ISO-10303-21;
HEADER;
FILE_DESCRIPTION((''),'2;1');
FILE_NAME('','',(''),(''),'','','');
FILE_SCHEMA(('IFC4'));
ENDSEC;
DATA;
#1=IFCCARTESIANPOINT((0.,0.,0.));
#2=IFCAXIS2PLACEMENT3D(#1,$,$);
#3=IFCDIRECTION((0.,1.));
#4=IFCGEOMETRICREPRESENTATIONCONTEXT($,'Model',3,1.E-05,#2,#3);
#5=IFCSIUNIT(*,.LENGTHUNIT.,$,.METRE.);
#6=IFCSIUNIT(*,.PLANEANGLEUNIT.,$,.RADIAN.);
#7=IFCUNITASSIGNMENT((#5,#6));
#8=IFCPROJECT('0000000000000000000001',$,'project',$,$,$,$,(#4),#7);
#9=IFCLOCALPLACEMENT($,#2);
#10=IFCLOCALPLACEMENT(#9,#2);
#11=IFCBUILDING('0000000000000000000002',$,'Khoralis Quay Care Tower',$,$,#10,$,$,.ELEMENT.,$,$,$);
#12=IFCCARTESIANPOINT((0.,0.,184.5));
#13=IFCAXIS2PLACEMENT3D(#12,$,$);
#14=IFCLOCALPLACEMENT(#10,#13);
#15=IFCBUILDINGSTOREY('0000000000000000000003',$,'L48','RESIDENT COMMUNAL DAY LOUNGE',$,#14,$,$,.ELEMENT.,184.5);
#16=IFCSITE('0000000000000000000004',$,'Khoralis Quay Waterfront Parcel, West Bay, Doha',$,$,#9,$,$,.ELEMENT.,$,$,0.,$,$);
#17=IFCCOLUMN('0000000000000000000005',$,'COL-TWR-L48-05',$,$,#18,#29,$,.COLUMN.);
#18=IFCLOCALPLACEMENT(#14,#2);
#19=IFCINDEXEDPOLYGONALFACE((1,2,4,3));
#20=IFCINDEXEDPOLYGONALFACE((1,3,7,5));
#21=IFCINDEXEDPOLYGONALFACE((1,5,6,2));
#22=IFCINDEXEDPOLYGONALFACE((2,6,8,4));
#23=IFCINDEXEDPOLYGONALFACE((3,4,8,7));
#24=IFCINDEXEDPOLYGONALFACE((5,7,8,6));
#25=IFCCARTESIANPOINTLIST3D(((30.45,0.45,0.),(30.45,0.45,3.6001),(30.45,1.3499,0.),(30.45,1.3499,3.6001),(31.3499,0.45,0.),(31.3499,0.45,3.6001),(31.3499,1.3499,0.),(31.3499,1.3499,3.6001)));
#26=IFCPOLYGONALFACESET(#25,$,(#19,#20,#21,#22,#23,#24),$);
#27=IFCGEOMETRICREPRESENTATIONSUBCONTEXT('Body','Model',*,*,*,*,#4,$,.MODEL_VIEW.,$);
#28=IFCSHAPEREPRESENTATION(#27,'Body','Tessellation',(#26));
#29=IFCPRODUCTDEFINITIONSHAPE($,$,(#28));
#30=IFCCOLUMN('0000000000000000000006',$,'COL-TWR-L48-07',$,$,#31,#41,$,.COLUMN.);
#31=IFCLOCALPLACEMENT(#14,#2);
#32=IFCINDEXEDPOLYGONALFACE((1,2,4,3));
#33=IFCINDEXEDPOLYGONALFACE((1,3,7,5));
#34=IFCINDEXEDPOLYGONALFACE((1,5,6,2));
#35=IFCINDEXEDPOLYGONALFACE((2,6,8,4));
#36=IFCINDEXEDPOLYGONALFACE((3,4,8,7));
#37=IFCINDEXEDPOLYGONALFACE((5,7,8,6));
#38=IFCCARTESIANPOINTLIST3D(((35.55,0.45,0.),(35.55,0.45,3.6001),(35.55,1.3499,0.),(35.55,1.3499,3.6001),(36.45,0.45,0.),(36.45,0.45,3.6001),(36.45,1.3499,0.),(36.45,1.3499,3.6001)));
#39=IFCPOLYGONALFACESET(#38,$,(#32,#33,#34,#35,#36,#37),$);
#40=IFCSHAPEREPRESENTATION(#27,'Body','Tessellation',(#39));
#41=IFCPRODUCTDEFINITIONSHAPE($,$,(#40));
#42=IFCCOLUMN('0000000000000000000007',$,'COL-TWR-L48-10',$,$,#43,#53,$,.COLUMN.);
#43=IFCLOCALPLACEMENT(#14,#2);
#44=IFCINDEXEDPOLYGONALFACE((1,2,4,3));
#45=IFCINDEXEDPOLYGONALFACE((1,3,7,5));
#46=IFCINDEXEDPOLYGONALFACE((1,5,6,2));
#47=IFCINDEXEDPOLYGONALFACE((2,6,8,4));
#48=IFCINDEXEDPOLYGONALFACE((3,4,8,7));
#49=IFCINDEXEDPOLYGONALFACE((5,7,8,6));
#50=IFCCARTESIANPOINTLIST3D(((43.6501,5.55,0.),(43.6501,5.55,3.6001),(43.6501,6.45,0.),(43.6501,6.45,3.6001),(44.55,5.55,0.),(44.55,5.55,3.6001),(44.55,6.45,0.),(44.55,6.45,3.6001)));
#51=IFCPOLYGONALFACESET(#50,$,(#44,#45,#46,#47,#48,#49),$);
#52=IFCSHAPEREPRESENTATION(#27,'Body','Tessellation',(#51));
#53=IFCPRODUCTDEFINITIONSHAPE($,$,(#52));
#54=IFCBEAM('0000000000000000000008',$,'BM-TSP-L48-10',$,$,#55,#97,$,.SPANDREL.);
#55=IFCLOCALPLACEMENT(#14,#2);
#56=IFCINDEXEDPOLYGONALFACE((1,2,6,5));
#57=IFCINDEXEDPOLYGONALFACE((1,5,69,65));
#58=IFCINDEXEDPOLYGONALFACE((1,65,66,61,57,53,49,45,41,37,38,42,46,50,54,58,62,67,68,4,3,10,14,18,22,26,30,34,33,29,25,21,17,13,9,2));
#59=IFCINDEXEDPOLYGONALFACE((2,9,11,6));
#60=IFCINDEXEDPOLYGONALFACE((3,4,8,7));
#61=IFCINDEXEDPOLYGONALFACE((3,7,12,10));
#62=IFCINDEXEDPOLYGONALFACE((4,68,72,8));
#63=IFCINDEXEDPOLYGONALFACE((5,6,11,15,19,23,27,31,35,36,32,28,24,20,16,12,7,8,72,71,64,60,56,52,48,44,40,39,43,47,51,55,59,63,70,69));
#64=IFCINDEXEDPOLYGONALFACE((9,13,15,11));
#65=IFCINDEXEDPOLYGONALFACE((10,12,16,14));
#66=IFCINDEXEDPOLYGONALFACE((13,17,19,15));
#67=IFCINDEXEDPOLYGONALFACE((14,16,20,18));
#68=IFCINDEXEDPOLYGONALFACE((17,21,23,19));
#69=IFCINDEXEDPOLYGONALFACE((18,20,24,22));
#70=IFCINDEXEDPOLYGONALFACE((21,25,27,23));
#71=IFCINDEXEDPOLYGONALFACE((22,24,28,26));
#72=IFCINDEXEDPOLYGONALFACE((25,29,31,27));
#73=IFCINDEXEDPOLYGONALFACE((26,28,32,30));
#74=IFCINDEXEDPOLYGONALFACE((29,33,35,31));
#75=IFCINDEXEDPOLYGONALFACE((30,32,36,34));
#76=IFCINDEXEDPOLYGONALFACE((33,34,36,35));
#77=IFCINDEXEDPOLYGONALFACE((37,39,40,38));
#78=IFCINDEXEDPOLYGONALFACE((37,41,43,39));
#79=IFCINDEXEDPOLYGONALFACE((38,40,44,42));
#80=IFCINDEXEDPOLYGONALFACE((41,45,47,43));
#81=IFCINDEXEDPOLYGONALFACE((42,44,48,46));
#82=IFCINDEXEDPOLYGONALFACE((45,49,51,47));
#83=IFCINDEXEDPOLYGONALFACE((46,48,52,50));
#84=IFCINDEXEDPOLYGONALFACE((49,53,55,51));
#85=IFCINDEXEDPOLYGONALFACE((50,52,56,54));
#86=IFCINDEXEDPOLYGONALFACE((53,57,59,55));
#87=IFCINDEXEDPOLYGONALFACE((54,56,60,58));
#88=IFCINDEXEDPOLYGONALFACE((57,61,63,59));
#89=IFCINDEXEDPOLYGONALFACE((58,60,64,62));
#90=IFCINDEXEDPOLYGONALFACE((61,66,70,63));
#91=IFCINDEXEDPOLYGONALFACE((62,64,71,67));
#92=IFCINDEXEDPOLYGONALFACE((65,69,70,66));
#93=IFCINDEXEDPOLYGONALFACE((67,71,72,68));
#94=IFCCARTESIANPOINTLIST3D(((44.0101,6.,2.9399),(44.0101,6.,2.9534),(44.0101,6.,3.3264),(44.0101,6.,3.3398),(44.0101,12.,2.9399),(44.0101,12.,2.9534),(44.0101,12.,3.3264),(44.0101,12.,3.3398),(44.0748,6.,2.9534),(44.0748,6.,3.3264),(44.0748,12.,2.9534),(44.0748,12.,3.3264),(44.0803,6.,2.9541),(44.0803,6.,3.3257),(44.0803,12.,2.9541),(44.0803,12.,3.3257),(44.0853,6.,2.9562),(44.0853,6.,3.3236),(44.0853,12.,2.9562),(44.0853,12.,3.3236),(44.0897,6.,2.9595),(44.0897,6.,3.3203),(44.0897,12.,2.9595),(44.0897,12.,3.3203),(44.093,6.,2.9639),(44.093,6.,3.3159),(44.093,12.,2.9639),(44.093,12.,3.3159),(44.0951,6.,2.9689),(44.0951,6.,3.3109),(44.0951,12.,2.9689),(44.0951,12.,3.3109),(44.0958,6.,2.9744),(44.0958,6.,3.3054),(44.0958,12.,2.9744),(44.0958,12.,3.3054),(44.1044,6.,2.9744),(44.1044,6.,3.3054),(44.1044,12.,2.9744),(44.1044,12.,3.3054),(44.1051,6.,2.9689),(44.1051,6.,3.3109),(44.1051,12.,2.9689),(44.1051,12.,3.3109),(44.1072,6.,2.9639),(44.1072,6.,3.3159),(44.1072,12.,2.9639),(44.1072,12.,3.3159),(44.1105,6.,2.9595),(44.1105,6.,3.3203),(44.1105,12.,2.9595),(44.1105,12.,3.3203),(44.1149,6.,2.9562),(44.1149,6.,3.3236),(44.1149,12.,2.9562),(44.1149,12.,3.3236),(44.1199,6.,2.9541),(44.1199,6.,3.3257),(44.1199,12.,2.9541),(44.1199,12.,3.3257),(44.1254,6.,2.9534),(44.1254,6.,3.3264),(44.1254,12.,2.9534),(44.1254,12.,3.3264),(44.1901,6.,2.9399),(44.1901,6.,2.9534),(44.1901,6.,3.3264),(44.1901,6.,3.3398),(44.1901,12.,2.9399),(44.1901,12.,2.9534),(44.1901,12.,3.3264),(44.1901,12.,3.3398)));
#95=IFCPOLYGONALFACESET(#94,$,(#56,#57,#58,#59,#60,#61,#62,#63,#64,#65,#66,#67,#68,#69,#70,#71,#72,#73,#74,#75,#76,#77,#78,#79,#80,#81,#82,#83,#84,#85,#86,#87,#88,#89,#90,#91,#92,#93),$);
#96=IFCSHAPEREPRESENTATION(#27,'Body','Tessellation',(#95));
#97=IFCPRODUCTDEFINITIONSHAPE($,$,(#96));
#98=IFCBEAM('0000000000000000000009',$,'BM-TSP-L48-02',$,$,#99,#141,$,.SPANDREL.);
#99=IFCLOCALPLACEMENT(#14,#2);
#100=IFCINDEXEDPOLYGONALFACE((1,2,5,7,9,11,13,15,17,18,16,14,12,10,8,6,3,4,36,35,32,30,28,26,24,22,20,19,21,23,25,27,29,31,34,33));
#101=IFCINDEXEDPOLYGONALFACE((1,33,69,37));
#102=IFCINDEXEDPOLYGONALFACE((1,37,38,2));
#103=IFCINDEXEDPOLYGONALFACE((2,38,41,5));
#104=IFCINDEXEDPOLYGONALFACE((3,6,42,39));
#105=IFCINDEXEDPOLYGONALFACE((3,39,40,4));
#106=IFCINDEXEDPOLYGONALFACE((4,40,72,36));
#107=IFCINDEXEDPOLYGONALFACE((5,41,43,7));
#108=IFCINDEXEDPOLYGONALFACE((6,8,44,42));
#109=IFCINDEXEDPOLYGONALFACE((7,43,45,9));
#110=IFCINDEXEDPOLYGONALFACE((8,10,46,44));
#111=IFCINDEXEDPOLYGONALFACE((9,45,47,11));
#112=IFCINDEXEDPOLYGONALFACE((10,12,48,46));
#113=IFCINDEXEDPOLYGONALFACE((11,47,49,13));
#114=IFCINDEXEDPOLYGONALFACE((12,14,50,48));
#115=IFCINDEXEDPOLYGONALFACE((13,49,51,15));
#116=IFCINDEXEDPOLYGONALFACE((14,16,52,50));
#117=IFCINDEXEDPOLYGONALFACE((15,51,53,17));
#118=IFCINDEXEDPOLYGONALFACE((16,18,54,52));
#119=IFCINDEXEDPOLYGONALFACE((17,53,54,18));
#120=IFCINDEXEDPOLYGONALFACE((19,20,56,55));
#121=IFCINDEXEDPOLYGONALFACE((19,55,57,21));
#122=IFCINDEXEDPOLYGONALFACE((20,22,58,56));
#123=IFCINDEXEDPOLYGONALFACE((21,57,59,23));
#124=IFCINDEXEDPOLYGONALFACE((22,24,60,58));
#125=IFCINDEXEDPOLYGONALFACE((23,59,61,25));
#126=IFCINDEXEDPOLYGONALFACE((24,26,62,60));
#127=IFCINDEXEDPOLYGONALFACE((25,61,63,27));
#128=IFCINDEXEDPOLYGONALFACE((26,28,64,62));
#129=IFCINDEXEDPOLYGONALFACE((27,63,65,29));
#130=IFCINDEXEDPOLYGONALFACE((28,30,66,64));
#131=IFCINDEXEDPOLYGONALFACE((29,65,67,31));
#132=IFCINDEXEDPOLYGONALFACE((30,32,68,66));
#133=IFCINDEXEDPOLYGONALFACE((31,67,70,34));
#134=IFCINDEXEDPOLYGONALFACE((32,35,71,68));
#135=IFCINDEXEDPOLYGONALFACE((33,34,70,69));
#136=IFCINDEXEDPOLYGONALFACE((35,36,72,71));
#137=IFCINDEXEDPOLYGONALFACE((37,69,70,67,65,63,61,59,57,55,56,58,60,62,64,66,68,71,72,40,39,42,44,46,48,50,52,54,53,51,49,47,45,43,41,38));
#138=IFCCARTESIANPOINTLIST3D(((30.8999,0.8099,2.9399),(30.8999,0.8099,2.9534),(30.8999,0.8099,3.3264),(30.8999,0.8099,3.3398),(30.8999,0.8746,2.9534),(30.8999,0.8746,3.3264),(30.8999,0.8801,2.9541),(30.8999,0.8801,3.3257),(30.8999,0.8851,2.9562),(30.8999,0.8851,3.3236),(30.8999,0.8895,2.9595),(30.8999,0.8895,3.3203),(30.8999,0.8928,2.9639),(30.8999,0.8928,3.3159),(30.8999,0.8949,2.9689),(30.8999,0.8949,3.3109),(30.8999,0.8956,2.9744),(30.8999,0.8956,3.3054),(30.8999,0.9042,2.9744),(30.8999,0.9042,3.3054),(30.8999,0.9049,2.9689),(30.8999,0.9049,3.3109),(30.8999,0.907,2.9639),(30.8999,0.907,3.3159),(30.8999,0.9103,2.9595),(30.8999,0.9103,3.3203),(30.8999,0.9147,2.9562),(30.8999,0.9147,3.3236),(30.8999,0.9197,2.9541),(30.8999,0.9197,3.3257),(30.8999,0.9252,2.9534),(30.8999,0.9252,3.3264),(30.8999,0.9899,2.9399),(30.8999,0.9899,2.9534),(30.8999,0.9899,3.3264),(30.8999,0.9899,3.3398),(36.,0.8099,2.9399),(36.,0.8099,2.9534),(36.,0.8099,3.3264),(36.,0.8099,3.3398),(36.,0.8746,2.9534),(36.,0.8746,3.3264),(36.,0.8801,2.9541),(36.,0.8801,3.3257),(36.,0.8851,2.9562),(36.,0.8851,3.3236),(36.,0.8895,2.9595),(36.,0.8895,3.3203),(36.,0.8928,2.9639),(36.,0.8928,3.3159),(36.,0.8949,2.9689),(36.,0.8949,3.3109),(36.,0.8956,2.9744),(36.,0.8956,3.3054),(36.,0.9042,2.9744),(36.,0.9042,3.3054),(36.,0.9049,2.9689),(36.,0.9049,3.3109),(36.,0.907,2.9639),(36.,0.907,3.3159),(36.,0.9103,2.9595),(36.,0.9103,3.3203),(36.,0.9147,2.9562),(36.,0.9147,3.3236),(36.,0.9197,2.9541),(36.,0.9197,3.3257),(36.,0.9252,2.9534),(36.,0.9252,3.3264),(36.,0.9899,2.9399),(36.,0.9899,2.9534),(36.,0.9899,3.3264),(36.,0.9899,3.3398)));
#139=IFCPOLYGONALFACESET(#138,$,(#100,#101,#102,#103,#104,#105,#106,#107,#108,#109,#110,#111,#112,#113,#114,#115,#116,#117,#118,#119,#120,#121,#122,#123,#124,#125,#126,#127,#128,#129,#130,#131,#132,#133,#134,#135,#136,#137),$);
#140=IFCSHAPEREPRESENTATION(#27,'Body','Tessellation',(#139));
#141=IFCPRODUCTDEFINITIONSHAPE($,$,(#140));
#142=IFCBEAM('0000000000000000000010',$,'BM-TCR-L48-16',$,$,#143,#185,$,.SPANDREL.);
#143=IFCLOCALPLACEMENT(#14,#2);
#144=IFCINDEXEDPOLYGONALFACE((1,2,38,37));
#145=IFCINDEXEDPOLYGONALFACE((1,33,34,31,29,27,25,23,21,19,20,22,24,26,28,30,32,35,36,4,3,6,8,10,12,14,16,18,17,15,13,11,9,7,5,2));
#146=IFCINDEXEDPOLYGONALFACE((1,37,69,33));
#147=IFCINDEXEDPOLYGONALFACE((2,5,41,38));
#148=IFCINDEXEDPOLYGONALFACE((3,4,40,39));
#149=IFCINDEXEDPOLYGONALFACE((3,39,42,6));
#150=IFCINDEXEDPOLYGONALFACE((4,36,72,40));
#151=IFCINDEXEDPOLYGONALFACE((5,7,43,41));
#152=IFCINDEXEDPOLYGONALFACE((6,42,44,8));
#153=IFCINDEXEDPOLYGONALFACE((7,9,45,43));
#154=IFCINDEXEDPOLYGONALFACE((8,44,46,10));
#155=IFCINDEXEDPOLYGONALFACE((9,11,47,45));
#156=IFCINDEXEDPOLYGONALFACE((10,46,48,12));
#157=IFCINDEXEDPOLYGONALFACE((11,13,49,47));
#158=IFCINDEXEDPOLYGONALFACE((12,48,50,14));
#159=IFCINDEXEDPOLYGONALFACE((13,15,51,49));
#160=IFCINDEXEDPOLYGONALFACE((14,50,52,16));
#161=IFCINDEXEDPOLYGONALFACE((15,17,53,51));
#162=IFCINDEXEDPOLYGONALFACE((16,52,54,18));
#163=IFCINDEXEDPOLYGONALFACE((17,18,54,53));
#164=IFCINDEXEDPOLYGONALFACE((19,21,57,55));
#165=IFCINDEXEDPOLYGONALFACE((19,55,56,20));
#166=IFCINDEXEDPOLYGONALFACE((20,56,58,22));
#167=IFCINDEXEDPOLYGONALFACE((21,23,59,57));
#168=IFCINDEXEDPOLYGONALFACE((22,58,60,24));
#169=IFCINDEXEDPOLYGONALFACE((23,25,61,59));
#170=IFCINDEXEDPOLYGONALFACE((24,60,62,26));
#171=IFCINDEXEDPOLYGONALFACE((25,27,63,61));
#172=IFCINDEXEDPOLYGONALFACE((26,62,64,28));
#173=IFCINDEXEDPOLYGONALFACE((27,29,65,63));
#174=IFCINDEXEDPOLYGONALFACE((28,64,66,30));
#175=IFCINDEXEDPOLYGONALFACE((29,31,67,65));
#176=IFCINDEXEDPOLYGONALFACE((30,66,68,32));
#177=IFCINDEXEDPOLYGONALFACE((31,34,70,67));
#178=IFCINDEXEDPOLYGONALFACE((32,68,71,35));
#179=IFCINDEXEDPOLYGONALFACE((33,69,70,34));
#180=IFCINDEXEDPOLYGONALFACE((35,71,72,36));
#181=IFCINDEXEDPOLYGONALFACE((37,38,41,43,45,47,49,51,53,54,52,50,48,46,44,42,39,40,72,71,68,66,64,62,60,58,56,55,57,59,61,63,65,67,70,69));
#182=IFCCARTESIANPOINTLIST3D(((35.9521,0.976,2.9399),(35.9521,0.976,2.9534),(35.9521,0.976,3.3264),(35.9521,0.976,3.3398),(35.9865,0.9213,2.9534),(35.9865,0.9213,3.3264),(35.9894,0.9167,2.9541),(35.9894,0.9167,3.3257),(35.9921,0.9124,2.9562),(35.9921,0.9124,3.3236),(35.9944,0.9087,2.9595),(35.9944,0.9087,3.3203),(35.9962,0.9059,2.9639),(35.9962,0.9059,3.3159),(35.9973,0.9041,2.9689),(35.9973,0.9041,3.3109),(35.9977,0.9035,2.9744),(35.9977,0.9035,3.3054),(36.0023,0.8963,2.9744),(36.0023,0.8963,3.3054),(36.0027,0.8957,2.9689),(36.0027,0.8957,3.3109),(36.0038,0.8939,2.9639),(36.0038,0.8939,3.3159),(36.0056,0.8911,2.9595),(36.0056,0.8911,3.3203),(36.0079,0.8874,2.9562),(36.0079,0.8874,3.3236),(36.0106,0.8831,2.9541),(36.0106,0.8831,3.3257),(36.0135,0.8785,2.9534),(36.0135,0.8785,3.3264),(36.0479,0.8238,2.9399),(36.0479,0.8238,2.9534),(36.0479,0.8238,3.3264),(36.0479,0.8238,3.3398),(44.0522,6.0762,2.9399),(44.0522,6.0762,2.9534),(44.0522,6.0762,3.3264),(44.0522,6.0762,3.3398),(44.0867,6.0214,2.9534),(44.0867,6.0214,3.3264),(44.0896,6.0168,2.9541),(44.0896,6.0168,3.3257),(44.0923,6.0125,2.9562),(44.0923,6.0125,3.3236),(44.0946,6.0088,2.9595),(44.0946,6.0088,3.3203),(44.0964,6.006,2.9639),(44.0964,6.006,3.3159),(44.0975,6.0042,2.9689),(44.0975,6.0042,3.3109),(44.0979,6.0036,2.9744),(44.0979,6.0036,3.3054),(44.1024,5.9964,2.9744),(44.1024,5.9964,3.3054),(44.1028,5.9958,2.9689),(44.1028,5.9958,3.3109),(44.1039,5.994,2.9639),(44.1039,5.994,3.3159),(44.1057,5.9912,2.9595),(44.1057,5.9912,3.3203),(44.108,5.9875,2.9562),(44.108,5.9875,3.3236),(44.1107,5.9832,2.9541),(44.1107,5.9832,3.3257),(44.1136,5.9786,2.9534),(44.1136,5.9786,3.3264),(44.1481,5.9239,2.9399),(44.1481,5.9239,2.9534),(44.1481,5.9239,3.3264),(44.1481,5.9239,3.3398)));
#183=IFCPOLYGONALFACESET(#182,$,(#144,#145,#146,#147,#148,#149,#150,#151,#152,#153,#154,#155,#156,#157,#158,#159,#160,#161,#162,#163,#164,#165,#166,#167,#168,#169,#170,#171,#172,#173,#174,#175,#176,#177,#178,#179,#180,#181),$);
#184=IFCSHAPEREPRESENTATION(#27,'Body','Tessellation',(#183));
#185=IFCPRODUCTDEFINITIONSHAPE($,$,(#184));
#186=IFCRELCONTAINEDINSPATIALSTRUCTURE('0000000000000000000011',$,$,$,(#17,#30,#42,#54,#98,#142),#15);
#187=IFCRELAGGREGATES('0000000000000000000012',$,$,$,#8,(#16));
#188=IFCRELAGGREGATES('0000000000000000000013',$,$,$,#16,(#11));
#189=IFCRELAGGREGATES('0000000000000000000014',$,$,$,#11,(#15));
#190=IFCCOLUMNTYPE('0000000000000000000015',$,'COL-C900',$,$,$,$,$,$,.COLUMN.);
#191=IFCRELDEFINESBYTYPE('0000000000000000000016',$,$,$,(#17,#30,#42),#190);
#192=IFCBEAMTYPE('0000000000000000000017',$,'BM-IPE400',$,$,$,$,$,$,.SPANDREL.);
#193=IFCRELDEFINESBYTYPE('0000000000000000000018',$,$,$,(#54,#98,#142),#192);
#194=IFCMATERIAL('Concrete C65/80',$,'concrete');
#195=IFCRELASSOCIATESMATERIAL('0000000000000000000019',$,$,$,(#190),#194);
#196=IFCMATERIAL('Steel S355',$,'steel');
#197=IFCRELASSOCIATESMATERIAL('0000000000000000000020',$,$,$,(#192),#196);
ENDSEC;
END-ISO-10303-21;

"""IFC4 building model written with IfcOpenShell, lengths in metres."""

from ifc_helpers import new_model, si_unit, direction, frame, origin, origin_2d, place, context, subcontext, project, spatial, rectangle, i_section, extrude, source, transform, mapped, material, material_profile, profile_set, type_object, element, save


model = new_model("IFC4")

# Units and contexts
model_context = context("Model", 3, precision=1e-05, world=origin(), true_north=direction((0.0, 1.0)))
body_context = subcontext(model_context, "Body", "Model", "MODEL_VIEW")
ifc_project = project(units=[si_unit("LENGTHUNIT", "METRE"), si_unit("PLANEANGLEUNIT", "RADIAN")], contexts=[model_context])

# Site, building, storey
site_placement = place(None, origin())
site = spatial("IfcSite", under=ifc_project, at=site_placement, Name="Khoralis Quay Waterfront Parcel, West Bay, Doha", CompositionType="ELEMENT", RefElevation=0.0)
building_placement = place(site_placement, origin())
building = spatial("IfcBuilding", under=site, at=building_placement, Name="Khoralis Quay Care Tower", CompositionType="ELEMENT")
storey_placement = place(building_placement, frame((0.0, 0.0, 184.5)))
storey = spatial("IfcBuildingStorey", under=building, at=storey_placement, Name="L48", Description="RESIDENT COMMUNAL DAY LOUNGE", CompositionType="ELEMENT", Elevation=184.5)

# Columns
ifc_material_1 = material(Name="Concrete C65/80", Category="concrete")
ifc_material_profile_1 = material_profile(ifc_material_1, rectangle(XDim=0.8999, YDim=0.8999, at=origin_2d()), Name="Concrete C65/80")
ifc_profile_set_1 = profile_set([ifc_material_profile_1], Name="Concrete C65/80")
column_type = type_object("IfcColumnType", Name="COL-C900", PredefinedType="COLUMN", material=ifc_profile_set_1)
shared_shape_1 = source(origin(), body_context, "Body", "SweptSolid", [
    extrude(rectangle(XDim=0.8999, YDim=0.8999, at=origin_2d()), origin(), (0.0, 0.0, 1.0), 3.6001),
])
for number, where, z_axis, x_axis, name in (
    (1, (30.8999, 0.8999, 0.0), (0.0, 0.0, 1.0), (1.0, 0.0, 0.0), "COL-TWR-L48-05"),
    (2, (36.0, 0.8999, 0.0), (0.0, 0.0, 1.0), (1.0, 0.0, 0.0), "COL-TWR-L48-07"),
    (3, (44.1001, 6.0, 0.0), (0.0, 0.0, 1.0), (1.0, 0.0, 0.0), "COL-TWR-L48-10"),
):
    element("IfcColumn", number, at=place(storey_placement, frame(where, z_axis=z_axis, x_axis=x_axis)), inside=storey, type_object=column_type, Name=name, PredefinedType="COLUMN", context=body_context, shape_type="MappedRepresentation", body=[
        mapped(shared_shape_1, transform((0.0, 0.0, 0.0), scale=1.0)),
    ])

# Beams
ifc_material_2 = material(Name="Steel S355", Category="steel")
ifc_material_profile_2 = material_profile(ifc_material_2, i_section(OverallWidth=0.1799, OverallDepth=0.3999, WebThickness=0.0085, FlangeThickness=0.0134, FilletRadius=0.021, at=origin_2d()), Name="Steel S355")
ifc_profile_set_2 = profile_set([ifc_material_profile_2], Name="Steel S355")
beam_type_1 = type_object("IfcBeamType", Name="BM-IPE400", PredefinedType="SPANDREL", material=ifc_profile_set_2)
shared_shape_2 = source(origin(), body_context, "Body", "SweptSolid", [
    extrude(i_section(OverallWidth=0.1799, OverallDepth=0.3999, WebThickness=0.0085, FlangeThickness=0.0134, FilletRadius=0.021, at=origin_2d()), origin(), (0.0, 0.0, 1.0), 6.0),
])
beam_1_placement = place(storey_placement, frame((44.1001, 6.0, 3.1399), z_axis=(0.0, 1.0, 0.0), x_axis=(-1.0, 0.0, 0.0)))
element("IfcBeam", 4, at=beam_1_placement, inside=storey, type_object=beam_type_1, Name="BM-TSP-L48-10", PredefinedType="SPANDREL", context=body_context, shape_type="MappedRepresentation", body=[
    mapped(shared_shape_2, transform((0.0, 0.0, 0.0), scale=1.0)),
])
shared_shape_3 = source(origin(), body_context, "Body", "SweptSolid", [
    extrude(i_section(OverallWidth=0.1799, OverallDepth=0.3999, WebThickness=0.0085, FlangeThickness=0.0134, FilletRadius=0.021, at=origin_2d()), origin(), (0.0, 0.0, 1.0), 5.1001),
])
beam_2_placement = place(storey_placement, frame((30.8999, 0.8999, 3.1399), z_axis=(1.0, 0.0, 0.0), x_axis=(0.0, 1.0, 0.0)))
element("IfcBeam", 5, at=beam_2_placement, inside=storey, type_object=beam_type_1, Name="BM-TSP-L48-02", PredefinedType="SPANDREL", context=body_context, shape_type="MappedRepresentation", body=[
    mapped(shared_shape_3, transform((0.0, 0.0, 0.0), scale=1.0)),
])
shared_shape_4 = source(origin(), body_context, "Body", "SweptSolid", [
    extrude(i_section(OverallWidth=0.1799, OverallDepth=0.3999, WebThickness=0.0085, FlangeThickness=0.0134, FilletRadius=0.021, at=origin_2d()), origin(), (0.0, 0.0, 1.0), 9.572),
])
beam_3_placement = place(storey_placement, frame((36.0, 0.8999, 3.1399), z_axis=(0.846231, 0.532816, 0.0), x_axis=(-0.532816, 0.846231, 0.0)))
element("IfcBeam", 6, at=beam_3_placement, inside=storey, type_object=beam_type_1, Name="BM-TCR-L48-16", PredefinedType="SPANDREL", context=body_context, shape_type="MappedRepresentation", body=[
    mapped(shared_shape_4, transform((0.0, 0.0, 0.0), scale=1.0)),
])

save(model, "model.ifc")
